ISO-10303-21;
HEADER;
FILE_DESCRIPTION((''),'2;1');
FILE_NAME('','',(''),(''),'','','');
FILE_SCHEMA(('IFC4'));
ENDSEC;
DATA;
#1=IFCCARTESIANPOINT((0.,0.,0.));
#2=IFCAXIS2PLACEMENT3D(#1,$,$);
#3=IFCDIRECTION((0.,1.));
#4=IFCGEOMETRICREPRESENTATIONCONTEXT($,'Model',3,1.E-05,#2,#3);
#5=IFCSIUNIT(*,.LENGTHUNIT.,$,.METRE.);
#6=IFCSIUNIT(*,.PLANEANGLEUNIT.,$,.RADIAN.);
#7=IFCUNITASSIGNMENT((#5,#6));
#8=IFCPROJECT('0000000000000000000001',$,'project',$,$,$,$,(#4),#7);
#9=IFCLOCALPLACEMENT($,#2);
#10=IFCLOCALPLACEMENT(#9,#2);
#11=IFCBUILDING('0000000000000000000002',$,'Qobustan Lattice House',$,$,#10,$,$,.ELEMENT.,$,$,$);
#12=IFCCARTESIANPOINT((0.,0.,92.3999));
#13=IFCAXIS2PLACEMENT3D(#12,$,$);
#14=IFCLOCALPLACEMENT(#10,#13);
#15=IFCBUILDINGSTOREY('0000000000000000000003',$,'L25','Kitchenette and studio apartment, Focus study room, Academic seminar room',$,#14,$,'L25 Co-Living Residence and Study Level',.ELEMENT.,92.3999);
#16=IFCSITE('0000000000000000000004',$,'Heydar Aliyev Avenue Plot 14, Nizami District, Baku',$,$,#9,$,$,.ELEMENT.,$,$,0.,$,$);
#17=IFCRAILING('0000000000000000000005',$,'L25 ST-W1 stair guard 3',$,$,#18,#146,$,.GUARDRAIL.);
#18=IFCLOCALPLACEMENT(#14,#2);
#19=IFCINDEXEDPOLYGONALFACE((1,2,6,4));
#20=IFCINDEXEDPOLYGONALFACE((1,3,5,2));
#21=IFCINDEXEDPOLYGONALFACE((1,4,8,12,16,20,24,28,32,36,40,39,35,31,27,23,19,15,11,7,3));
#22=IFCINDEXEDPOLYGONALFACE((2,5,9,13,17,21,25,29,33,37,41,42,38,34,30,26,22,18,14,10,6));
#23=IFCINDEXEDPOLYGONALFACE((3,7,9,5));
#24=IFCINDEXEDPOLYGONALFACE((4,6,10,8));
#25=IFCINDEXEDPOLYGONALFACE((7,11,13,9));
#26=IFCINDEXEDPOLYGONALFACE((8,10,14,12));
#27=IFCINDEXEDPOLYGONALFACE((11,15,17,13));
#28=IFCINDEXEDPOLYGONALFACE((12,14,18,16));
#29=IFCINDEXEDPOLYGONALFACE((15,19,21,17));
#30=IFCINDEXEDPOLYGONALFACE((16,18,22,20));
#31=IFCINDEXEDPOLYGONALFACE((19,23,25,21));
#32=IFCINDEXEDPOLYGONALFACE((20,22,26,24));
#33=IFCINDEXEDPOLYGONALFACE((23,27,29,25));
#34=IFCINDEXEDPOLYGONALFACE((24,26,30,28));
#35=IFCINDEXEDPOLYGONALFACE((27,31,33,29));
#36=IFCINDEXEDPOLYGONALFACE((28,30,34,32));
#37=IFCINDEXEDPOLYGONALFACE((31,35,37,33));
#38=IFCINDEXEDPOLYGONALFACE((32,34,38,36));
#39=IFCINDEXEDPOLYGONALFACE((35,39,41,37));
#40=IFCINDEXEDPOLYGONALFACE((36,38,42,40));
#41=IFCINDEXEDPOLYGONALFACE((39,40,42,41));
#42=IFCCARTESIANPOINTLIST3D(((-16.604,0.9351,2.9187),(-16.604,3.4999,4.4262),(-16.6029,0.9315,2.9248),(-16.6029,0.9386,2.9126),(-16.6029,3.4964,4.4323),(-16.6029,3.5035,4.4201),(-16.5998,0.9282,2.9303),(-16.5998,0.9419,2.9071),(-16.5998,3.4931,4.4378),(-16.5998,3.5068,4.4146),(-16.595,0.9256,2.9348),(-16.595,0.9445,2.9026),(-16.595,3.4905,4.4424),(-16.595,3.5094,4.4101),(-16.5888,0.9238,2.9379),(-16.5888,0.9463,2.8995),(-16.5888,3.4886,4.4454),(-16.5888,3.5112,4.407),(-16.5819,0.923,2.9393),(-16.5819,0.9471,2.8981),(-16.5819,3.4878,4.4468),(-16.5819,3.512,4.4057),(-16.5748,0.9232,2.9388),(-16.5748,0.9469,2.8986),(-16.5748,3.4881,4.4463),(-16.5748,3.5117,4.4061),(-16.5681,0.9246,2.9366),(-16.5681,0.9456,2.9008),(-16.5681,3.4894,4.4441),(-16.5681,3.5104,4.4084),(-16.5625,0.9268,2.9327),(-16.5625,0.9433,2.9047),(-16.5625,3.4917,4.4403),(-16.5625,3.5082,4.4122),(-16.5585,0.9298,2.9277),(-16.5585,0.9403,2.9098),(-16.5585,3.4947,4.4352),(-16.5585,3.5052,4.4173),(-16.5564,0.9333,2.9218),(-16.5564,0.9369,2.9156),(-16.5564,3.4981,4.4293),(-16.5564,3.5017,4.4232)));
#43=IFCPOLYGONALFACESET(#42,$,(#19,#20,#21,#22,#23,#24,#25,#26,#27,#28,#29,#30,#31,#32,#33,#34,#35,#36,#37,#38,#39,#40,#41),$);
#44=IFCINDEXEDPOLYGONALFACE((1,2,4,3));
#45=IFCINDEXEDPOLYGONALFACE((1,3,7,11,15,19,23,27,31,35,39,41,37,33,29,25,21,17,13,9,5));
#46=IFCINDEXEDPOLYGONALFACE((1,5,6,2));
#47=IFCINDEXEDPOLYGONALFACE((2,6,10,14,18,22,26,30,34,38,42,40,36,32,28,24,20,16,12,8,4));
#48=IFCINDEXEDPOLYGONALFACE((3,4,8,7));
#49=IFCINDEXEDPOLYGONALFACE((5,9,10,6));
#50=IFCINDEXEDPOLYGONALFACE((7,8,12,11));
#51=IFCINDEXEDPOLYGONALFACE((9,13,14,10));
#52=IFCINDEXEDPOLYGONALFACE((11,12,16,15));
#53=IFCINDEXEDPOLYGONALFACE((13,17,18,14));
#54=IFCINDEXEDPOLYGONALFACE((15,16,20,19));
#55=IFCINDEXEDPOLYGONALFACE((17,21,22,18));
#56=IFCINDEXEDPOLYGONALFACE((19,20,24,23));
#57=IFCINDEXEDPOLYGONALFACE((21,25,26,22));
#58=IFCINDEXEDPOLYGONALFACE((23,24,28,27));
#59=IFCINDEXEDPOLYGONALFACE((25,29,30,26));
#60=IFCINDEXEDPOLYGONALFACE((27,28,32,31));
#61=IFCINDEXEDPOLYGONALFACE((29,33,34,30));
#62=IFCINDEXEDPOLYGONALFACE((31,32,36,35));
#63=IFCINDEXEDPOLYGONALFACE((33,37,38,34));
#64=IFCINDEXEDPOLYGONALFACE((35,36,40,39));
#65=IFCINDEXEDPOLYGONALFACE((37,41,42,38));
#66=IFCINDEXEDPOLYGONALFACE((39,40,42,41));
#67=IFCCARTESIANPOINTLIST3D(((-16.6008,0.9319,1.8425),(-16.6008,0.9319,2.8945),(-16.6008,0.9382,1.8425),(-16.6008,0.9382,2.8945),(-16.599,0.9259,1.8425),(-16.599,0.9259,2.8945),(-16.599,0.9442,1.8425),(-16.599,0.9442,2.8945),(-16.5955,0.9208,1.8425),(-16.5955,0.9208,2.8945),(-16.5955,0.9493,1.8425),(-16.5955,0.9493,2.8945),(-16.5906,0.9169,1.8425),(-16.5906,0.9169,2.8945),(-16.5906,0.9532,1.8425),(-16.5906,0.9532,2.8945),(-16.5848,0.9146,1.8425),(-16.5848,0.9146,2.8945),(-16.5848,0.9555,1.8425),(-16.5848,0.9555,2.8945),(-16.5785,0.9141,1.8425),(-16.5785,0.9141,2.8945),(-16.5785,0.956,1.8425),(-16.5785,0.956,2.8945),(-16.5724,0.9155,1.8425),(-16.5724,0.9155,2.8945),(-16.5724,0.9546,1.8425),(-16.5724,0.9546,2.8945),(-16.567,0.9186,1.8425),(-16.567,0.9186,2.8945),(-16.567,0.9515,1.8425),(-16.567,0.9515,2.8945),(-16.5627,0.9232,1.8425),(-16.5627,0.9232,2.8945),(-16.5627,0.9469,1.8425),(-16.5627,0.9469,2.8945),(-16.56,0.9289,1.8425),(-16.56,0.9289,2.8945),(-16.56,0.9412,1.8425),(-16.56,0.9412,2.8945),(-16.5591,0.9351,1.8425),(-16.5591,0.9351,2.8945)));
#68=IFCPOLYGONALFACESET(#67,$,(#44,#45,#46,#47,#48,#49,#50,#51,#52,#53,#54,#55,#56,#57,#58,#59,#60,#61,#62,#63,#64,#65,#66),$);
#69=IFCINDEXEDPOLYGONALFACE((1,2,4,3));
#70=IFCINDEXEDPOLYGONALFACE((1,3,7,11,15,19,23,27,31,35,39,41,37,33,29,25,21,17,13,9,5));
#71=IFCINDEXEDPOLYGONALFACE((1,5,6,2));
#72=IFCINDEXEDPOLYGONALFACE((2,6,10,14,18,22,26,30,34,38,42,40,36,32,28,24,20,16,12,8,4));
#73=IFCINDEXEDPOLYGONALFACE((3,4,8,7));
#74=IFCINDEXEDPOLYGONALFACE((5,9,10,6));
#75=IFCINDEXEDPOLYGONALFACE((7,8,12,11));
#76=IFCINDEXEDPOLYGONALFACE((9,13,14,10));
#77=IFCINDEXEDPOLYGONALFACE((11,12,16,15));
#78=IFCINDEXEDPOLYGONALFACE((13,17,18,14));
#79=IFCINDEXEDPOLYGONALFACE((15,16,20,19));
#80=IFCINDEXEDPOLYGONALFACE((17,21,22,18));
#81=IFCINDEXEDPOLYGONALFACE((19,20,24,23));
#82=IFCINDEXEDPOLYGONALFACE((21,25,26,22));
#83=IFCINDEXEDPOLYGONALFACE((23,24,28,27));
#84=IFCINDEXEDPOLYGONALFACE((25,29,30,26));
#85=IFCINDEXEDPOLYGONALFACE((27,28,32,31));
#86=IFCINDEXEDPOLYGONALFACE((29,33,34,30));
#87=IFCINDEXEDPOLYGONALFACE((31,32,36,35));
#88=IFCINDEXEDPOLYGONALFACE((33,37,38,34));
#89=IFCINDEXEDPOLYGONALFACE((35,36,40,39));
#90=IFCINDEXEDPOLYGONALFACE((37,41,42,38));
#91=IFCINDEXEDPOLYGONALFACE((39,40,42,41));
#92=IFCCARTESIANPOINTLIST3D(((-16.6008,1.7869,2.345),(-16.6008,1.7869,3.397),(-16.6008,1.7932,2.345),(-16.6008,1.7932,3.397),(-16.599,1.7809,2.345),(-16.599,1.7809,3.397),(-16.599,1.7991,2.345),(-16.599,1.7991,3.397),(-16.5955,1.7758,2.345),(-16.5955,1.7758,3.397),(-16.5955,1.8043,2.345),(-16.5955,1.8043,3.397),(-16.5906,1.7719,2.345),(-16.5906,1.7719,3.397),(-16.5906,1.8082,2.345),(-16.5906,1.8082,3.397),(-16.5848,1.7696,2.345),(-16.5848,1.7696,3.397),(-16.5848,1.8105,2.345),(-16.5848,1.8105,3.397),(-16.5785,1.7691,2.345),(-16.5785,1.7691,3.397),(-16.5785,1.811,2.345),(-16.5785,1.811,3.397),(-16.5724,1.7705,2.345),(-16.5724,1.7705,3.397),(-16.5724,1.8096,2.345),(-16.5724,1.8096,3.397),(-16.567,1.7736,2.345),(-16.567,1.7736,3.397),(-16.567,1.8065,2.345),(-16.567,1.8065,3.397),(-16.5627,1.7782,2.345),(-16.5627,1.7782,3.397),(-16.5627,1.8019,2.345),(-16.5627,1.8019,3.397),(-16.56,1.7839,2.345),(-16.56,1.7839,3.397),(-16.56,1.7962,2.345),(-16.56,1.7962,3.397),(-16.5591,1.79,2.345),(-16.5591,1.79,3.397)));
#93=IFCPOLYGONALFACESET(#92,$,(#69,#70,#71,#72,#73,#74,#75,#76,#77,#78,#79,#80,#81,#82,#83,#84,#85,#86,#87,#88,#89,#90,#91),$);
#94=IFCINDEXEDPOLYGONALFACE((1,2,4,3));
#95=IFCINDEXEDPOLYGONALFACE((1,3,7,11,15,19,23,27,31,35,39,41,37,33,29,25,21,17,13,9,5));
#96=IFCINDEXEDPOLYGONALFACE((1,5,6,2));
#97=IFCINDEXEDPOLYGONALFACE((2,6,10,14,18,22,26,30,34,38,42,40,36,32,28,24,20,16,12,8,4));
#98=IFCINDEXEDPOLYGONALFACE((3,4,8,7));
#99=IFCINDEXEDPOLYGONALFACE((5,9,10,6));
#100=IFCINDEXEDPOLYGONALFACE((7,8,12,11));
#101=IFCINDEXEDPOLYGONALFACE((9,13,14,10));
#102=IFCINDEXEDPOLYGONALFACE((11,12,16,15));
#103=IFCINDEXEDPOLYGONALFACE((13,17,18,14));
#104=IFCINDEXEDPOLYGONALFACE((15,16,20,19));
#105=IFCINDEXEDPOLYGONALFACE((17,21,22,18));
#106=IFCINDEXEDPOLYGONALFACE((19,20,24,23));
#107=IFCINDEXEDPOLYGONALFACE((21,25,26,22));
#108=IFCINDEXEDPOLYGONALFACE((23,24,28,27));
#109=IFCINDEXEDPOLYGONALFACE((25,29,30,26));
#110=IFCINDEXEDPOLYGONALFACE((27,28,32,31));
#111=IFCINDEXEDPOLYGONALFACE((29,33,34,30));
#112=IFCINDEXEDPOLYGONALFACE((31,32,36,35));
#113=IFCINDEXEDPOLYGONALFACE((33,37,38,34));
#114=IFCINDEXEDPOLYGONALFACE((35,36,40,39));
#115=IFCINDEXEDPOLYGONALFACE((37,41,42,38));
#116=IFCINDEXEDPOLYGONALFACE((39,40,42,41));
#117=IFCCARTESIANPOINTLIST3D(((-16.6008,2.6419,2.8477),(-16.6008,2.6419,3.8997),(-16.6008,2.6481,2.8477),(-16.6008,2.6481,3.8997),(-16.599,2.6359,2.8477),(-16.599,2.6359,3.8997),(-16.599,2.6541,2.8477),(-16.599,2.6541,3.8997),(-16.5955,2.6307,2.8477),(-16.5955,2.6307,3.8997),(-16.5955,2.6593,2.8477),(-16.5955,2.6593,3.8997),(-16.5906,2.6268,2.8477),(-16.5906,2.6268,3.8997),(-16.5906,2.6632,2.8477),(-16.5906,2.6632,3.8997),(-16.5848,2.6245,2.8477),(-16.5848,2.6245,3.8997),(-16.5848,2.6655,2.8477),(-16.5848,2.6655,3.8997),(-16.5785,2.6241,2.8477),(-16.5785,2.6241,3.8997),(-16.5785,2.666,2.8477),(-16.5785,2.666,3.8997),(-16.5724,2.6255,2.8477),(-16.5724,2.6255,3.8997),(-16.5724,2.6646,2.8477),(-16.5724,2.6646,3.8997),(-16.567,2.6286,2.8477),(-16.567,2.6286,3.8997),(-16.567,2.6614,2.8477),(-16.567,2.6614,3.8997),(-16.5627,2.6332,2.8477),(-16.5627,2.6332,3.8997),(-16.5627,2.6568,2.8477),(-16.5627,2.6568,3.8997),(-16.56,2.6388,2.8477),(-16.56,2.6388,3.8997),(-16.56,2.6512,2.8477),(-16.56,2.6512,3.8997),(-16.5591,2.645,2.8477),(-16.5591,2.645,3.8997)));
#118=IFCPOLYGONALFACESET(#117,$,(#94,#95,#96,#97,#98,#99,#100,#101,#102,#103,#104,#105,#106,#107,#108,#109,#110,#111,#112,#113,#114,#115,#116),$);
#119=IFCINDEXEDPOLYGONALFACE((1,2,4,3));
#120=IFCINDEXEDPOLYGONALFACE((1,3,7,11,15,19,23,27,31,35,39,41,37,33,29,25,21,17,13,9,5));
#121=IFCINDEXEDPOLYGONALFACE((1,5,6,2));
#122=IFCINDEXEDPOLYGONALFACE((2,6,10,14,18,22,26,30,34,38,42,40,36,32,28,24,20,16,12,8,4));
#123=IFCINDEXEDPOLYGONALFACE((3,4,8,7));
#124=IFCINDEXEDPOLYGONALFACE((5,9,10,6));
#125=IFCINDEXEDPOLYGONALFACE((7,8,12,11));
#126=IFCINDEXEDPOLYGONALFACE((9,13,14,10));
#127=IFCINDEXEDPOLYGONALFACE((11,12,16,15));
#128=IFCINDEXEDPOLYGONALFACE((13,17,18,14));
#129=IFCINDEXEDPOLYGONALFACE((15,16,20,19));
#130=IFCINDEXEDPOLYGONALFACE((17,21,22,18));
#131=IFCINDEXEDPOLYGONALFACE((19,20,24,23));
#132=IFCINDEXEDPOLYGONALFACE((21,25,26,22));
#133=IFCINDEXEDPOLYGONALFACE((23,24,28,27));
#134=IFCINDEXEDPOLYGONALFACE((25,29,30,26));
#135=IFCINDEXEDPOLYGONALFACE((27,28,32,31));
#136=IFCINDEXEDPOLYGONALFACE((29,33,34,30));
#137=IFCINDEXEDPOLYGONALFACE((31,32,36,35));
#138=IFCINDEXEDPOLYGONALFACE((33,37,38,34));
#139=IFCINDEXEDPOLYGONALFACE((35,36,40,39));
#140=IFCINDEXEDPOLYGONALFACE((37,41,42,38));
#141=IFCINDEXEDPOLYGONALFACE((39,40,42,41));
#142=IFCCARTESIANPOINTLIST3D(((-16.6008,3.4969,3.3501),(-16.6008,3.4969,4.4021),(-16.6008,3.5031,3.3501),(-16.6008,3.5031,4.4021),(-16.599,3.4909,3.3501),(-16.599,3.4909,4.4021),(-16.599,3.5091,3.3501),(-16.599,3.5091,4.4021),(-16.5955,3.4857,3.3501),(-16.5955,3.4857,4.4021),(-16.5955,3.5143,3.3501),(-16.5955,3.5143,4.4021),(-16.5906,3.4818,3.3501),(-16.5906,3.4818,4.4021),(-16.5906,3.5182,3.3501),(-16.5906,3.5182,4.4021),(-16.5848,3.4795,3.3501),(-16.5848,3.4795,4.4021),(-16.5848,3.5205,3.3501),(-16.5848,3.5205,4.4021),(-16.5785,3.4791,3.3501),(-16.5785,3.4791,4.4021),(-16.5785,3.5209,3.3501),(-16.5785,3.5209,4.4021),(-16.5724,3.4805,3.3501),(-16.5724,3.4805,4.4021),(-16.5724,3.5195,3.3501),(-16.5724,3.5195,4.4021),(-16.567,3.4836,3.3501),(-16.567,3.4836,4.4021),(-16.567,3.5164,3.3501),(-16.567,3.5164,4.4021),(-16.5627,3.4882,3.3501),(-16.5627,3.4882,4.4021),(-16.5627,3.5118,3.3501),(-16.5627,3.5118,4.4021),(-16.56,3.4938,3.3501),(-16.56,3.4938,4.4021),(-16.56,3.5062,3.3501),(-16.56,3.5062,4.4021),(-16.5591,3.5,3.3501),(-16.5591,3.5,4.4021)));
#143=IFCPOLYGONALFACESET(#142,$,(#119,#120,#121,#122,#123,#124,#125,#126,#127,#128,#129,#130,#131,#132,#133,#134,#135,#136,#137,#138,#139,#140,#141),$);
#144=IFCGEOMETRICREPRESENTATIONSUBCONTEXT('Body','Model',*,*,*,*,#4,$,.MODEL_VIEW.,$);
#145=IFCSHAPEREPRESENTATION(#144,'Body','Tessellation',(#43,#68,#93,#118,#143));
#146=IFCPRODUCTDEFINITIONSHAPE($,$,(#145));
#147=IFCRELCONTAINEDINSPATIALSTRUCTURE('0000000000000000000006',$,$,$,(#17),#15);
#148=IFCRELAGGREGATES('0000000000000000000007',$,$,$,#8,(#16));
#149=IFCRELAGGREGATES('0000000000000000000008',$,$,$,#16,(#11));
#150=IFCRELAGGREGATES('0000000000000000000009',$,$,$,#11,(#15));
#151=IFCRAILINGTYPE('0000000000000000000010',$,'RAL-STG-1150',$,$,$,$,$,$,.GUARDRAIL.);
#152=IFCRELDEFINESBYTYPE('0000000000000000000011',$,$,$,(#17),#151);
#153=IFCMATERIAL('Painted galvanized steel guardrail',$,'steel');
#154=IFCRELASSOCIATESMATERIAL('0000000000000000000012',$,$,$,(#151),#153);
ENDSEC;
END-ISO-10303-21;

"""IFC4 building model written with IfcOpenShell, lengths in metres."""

from ifc_helpers import new_model, si_unit, direction, frame, origin, origin_2d, place, context, subcontext, project, spatial, circle, extrude, material, type_object, element, save


model = new_model("IFC4")

# Units and contexts
model_context = context("Model", 3, precision=1e-05, world=origin(), true_north=direction((0.0, 1.0)))
body_context = subcontext(model_context, "Body", "Model", "MODEL_VIEW")
ifc_project = project(units=[si_unit("LENGTHUNIT", "METRE"), si_unit("PLANEANGLEUNIT", "RADIAN")], contexts=[model_context])

# Site, building, storey
site_placement = place(None, origin())
site = spatial("IfcSite", under=ifc_project, at=site_placement, Name="Heydar Aliyev Avenue Plot 14, Nizami District, Baku", CompositionType="ELEMENT", RefElevation=0.0)
building_placement = place(site_placement, origin())
building = spatial("IfcBuilding", under=site, at=building_placement, Name="Qobustan Lattice House", CompositionType="ELEMENT")
storey_placement = place(building_placement, frame((0.0, 0.0, 92.3999)))
storey = spatial("IfcBuildingStorey", under=building, at=storey_placement, Name="L25", Description="Kitchenette and studio apartment, Focus study room, Academic seminar room", LongName="L25 Co-Living Residence and Study Level", CompositionType="ELEMENT", Elevation=92.3999)

# Railing
ifc_material_1 = material(Name="Painted galvanized steel guardrail", Category="steel")
railing_type_1 = type_object("IfcRailingType", Name="RAL-STG-1150", PredefinedType="GUARDRAIL", material=ifc_material_1)
railing_1_placement = place(storey_placement, frame((-16.5801, 0.9351, 1.8425)))
element("IfcRailing", 1, at=railing_1_placement, inside=storey, type_object=railing_type_1, Name="L25 ST-W1 stair guard 3", PredefinedType="GUARDRAIL", context=body_context, shape_type="SweptSolid", body=[
    extrude(circle(Radius=0.0239, at=origin_2d()), frame((0.0, 0.0, 1.0762), z_axis=(0.0, 0.862113, 0.506715), x_axis=(-1.0, 0.0, 0.0)), (0.0, 0.0, 1.0), 2.9751),
    extrude(circle(Radius=0.021, at=origin_2d()), origin(), (0.0, 0.0, 1.0), 1.052),
    extrude(circle(Radius=0.021, at=origin_2d()), frame((0.0, 0.855, 0.5024)), (0.0, 0.0, 1.0), 1.052),
    extrude(circle(Radius=0.021, at=origin_2d()), frame((0.0, 1.71, 1.0051)), (0.0, 0.0, 1.0), 1.052),
    extrude(circle(Radius=0.021, at=origin_2d()), frame((0.0, 2.5649, 1.5076)), (0.0, 0.0, 1.0), 1.052),
])

save(model, "model.ifc")
